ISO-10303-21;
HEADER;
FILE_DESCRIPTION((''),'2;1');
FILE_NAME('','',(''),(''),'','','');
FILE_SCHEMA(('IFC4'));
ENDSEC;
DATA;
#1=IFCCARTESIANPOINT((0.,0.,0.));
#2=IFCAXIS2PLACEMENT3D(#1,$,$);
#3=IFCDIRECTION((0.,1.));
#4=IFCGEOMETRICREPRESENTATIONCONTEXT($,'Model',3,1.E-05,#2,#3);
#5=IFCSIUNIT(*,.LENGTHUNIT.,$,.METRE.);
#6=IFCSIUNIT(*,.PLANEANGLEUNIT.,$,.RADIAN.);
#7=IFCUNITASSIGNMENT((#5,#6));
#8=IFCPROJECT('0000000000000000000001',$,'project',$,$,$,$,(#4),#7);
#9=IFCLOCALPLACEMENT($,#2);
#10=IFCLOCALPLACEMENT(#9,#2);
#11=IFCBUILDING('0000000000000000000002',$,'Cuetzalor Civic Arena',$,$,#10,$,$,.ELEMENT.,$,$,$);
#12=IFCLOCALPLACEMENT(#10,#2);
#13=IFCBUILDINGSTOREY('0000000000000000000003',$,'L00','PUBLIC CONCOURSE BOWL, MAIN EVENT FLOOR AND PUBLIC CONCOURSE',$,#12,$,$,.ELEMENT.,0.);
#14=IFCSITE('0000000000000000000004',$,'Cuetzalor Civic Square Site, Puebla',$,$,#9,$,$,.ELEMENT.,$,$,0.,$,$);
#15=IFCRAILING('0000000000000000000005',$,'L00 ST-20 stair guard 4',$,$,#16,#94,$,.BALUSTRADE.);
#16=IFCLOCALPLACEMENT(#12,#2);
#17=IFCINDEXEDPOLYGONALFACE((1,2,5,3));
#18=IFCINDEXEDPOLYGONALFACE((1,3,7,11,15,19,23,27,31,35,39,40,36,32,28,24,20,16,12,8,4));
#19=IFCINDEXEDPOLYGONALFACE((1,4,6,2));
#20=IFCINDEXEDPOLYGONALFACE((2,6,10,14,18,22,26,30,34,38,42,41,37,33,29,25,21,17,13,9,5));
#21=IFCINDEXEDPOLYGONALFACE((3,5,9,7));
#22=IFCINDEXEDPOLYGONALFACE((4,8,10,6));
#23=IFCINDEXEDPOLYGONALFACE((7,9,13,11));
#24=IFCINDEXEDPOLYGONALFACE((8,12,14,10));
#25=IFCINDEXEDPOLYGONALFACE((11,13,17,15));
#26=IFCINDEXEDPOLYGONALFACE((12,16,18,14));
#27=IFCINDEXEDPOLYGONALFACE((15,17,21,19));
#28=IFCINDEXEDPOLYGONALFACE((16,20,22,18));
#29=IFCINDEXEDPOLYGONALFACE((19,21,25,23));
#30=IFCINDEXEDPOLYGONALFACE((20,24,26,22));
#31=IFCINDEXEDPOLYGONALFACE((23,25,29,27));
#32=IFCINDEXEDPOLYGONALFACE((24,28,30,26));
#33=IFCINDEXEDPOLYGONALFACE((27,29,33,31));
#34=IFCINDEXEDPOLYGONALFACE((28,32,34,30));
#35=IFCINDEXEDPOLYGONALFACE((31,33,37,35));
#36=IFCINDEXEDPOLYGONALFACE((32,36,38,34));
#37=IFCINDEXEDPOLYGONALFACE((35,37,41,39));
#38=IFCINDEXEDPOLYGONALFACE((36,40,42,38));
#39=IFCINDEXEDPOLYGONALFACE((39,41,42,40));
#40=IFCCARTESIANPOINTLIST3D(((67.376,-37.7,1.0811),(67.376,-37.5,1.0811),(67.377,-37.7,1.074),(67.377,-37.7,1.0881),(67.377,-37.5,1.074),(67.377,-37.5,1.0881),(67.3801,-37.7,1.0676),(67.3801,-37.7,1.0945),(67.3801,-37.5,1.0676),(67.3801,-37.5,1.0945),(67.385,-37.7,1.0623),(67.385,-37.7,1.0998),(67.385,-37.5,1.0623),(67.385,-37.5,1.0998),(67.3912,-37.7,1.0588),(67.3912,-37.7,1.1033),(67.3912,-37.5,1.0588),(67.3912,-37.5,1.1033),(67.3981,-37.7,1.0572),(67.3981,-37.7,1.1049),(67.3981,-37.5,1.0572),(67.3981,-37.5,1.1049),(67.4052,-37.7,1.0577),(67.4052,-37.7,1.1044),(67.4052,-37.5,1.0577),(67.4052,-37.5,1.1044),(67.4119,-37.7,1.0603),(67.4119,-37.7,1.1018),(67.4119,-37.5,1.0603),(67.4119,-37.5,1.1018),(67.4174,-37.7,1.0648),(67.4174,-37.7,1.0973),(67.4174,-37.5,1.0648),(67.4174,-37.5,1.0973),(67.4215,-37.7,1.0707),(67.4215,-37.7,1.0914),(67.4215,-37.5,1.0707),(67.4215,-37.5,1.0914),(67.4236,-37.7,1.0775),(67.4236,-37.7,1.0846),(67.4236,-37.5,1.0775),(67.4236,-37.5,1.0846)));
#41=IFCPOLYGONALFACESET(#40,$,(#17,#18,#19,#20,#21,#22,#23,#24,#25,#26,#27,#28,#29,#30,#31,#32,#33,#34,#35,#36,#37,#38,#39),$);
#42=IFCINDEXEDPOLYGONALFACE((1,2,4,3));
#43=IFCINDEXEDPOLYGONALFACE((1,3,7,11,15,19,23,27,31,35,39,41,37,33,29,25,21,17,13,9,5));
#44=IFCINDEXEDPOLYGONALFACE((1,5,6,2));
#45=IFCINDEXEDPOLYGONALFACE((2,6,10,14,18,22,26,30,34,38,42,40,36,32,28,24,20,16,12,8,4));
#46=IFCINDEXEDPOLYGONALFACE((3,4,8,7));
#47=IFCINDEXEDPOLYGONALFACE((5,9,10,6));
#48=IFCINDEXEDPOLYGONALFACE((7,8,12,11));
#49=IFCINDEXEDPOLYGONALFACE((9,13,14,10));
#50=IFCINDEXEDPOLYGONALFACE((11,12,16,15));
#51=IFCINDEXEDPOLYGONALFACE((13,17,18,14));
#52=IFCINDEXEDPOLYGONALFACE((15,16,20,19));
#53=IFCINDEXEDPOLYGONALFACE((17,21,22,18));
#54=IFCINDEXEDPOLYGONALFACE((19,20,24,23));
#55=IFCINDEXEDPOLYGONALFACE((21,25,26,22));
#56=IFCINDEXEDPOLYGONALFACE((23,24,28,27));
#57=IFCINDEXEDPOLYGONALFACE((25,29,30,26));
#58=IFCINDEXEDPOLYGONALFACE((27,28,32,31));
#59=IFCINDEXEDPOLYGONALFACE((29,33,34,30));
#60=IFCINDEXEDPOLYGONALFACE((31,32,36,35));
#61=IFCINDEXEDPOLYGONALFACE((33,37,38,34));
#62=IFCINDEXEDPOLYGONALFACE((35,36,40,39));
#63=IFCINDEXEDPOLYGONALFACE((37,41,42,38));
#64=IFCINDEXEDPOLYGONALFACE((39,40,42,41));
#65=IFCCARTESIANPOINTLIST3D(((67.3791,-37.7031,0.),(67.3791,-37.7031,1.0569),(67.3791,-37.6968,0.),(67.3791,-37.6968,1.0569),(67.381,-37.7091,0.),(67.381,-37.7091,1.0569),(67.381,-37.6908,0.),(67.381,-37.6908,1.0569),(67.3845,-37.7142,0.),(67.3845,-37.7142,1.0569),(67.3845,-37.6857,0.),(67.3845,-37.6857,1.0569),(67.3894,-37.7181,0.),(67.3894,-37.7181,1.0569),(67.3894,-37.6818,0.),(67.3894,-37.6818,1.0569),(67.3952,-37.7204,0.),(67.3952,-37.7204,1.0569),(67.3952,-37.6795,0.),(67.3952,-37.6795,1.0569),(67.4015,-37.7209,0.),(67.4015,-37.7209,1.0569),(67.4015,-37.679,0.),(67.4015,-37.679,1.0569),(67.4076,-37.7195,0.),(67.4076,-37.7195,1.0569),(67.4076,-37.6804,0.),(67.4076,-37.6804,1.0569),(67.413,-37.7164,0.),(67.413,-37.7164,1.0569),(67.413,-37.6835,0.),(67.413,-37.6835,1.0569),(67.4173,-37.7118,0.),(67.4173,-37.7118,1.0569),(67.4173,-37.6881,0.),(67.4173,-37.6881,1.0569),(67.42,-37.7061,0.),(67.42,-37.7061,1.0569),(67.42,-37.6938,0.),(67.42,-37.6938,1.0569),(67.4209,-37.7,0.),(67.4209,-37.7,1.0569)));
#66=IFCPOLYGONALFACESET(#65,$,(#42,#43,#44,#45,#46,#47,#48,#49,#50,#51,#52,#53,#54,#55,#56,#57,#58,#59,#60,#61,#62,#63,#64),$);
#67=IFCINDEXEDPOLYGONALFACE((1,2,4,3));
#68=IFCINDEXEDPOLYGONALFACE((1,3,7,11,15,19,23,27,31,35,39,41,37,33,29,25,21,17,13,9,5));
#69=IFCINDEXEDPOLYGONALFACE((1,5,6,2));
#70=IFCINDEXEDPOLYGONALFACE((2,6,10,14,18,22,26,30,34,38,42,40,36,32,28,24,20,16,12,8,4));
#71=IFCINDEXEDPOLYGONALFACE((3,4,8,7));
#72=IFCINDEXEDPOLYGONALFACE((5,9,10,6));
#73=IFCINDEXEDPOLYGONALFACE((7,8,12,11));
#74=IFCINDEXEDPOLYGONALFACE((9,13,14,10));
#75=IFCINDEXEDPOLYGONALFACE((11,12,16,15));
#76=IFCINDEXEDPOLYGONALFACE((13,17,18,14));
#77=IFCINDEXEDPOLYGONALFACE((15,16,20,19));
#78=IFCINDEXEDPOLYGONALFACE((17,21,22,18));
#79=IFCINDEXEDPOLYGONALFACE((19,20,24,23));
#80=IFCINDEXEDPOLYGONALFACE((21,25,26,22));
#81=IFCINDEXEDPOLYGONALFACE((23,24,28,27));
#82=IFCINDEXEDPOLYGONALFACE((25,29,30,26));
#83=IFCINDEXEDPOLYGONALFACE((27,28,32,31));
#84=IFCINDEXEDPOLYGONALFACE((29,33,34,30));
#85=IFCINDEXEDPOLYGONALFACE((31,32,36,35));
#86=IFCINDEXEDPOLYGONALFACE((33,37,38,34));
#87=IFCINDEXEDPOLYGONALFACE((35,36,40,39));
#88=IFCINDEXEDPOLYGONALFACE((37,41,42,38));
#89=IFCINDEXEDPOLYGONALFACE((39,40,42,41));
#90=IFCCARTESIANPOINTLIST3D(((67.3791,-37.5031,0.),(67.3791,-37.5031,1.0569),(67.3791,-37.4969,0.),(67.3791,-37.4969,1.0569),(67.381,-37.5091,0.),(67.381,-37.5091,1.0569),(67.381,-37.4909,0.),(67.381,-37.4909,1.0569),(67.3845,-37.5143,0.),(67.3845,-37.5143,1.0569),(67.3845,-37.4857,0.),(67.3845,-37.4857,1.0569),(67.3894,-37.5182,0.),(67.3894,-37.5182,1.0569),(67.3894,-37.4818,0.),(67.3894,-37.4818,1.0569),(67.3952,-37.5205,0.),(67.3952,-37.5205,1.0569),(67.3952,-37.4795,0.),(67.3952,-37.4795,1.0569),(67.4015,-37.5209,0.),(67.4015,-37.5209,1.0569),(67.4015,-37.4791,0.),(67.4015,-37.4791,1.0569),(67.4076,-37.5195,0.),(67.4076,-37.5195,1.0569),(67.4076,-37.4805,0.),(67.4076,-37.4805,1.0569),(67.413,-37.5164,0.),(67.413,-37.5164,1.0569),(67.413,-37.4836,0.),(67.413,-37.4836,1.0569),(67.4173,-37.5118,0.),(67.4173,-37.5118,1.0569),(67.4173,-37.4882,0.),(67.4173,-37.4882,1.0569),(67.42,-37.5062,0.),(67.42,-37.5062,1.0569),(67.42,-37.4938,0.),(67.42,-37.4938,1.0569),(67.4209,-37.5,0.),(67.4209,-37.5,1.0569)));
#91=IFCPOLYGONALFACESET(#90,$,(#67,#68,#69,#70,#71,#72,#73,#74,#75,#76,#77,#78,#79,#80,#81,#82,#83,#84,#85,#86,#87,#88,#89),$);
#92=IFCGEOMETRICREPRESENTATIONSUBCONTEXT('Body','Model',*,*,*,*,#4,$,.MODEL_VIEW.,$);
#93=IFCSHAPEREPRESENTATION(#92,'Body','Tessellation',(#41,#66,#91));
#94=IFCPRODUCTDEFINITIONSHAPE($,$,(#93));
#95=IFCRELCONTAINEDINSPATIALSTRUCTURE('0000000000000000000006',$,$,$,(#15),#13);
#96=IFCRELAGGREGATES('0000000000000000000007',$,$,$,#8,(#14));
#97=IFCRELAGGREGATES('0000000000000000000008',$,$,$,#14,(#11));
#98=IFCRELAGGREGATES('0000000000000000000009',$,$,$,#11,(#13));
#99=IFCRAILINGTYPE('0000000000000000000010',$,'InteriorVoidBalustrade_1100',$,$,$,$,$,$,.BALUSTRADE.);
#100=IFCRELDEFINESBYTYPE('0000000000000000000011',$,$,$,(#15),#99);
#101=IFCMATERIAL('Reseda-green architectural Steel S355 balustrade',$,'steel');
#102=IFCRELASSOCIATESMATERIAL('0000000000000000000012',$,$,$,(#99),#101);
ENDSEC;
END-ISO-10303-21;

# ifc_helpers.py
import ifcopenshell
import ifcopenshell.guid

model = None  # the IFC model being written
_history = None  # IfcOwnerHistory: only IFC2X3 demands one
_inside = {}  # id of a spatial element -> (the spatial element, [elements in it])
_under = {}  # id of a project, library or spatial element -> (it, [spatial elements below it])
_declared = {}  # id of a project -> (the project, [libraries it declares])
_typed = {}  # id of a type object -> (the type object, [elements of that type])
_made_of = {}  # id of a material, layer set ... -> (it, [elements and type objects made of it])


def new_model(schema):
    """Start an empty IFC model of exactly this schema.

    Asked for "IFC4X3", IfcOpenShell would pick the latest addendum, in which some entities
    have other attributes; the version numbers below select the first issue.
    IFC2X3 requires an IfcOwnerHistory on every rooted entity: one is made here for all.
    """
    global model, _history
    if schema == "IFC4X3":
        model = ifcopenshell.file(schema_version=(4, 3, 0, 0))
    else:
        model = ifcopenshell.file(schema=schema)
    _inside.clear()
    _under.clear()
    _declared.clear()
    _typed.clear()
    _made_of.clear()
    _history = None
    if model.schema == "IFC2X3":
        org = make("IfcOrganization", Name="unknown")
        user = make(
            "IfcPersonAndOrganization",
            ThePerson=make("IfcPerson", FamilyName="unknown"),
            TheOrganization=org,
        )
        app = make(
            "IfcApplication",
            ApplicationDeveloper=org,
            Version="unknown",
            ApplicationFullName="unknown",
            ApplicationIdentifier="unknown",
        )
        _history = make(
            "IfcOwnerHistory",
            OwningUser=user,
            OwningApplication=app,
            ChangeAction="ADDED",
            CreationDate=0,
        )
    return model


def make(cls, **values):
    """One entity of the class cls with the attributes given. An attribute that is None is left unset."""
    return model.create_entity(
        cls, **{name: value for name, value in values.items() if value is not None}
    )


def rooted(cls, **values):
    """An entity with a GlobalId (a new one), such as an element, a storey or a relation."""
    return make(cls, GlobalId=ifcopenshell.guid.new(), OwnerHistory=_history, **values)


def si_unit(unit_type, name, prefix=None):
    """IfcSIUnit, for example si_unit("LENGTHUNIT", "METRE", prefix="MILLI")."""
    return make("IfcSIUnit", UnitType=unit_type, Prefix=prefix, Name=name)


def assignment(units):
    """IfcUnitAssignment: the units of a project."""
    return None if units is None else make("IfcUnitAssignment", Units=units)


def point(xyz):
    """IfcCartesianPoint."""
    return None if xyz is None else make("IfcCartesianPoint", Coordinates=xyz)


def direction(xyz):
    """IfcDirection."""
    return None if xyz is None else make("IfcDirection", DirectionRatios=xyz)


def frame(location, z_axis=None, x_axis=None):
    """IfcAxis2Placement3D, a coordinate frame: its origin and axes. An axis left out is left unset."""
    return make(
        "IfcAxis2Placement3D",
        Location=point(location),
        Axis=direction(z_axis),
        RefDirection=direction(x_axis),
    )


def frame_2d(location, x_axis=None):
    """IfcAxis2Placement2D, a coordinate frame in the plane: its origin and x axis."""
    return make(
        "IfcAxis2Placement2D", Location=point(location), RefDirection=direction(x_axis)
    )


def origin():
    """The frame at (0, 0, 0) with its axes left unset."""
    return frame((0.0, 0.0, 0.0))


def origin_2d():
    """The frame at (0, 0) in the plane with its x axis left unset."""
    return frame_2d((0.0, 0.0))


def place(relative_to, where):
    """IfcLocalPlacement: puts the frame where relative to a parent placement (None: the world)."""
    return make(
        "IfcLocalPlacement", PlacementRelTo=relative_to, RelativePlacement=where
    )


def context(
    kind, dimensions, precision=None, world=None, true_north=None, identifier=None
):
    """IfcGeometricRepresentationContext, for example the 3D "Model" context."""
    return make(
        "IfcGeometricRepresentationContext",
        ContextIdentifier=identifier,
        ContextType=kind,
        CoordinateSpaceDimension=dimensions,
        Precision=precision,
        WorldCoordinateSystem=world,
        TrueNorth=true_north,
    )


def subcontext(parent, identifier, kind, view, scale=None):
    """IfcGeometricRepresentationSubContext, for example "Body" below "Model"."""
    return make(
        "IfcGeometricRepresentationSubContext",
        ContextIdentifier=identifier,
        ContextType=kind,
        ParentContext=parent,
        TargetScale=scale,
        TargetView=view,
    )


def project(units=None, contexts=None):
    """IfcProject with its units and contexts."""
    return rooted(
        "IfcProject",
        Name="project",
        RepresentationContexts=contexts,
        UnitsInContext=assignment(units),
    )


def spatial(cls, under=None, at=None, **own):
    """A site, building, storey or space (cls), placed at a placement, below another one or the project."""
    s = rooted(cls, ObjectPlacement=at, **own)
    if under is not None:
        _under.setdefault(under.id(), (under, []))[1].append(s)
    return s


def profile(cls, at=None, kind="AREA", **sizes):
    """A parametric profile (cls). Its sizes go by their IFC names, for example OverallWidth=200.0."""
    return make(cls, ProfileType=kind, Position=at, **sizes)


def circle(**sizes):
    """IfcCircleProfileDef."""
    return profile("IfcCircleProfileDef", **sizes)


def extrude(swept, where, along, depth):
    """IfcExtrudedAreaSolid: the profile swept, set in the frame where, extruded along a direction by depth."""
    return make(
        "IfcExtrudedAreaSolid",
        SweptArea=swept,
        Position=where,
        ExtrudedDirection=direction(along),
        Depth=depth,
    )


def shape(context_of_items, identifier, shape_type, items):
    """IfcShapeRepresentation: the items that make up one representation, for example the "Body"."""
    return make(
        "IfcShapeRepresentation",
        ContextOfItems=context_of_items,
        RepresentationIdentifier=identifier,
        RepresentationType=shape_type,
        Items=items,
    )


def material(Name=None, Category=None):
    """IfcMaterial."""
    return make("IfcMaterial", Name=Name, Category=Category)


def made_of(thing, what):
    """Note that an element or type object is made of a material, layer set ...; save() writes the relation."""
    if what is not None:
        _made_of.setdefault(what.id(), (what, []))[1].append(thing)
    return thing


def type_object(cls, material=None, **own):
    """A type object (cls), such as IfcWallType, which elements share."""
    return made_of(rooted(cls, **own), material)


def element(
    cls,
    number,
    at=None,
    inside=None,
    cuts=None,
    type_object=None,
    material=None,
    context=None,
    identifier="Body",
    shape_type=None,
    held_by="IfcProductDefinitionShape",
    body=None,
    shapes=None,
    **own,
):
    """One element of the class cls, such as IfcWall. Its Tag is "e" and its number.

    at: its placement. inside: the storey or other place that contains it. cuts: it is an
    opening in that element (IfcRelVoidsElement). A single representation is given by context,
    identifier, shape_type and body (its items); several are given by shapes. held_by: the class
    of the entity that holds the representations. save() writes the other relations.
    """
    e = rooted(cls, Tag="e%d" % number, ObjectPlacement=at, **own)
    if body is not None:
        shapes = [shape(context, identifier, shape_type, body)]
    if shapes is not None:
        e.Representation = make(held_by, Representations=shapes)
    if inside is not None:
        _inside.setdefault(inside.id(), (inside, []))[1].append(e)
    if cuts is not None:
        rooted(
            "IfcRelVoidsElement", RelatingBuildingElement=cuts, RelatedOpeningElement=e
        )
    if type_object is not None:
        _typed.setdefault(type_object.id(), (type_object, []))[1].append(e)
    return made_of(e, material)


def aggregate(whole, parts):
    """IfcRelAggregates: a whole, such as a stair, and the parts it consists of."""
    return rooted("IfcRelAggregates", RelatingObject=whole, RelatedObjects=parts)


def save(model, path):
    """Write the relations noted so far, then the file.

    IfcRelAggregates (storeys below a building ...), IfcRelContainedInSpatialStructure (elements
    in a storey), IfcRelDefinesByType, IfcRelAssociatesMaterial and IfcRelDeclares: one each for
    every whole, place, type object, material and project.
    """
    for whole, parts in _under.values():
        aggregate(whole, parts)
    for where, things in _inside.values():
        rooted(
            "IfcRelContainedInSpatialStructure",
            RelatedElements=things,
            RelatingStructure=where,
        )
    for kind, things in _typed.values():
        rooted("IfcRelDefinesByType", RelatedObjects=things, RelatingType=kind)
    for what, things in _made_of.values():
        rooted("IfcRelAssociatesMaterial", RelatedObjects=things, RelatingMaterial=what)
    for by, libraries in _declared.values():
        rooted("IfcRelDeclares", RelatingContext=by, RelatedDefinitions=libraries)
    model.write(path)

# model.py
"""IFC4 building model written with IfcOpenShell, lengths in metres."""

from ifc_helpers import new_model, si_unit, direction, frame, origin, origin_2d, place, context, subcontext, project, spatial, circle, extrude, material, type_object, element, save


model = new_model("IFC4")

# Units and contexts
model_context = context("Model", 3, precision=1e-05, world=origin(), true_north=direction((0.0, 1.0)))
body_context = subcontext(model_context, "Body", "Model", "MODEL_VIEW")
ifc_project = project(units=[si_unit("LENGTHUNIT", "METRE"), si_unit("PLANEANGLEUNIT", "RADIAN")], contexts=[model_context])

# Site, building, storey
site_placement = place(None, origin())
site = spatial("IfcSite", under=ifc_project, at=site_placement, Name="Cuetzalor Civic Square Site, Puebla", CompositionType="ELEMENT", RefElevation=0.0)
building_placement = place(site_placement, origin())
building = spatial("IfcBuilding", under=site, at=building_placement, Name="Cuetzalor Civic Arena", CompositionType="ELEMENT")
storey_placement = place(building_placement, origin())
storey = spatial("IfcBuildingStorey", under=building, at=storey_placement, Name="L00", Description="PUBLIC CONCOURSE BOWL, MAIN EVENT FLOOR AND PUBLIC CONCOURSE", CompositionType="ELEMENT", Elevation=0.0)

# Railing
ifc_material_1 = material(Name="Reseda-green architectural Steel S355 balustrade", Category="steel")
railing_type_1 = type_object("IfcRailingType", Name="InteriorVoidBalustrade_1100", PredefinedType="BALUSTRADE", material=ifc_material_1)
railing_1_placement = place(storey_placement, frame((67.3999, -37.7, 0.0)))
element("IfcRailing", 1, at=railing_1_placement, inside=storey, type_object=railing_type_1, Name="L00 ST-20 stair guard 4", PredefinedType="BALUSTRADE", context=body_context, shape_type="SweptSolid", body=[
    extrude(circle(Radius=0.0239, at=origin_2d()), frame((0.0, 0.0, 1.0811), z_axis=(0.0, 1.0, 0.0), x_axis=(-1.0, 0.0, 0.0)), (0.0, 0.0, 1.0), 0.2),
    extrude(circle(Radius=0.021, at=origin_2d()), origin(), (0.0, 0.0, 1.0), 1.0569),
    extrude(circle(Radius=0.021, at=origin_2d()), frame((0.0, 0.2, 0.0)), (0.0, 0.0, 1.0), 1.0569),
])

save(model, "model.ifc")
